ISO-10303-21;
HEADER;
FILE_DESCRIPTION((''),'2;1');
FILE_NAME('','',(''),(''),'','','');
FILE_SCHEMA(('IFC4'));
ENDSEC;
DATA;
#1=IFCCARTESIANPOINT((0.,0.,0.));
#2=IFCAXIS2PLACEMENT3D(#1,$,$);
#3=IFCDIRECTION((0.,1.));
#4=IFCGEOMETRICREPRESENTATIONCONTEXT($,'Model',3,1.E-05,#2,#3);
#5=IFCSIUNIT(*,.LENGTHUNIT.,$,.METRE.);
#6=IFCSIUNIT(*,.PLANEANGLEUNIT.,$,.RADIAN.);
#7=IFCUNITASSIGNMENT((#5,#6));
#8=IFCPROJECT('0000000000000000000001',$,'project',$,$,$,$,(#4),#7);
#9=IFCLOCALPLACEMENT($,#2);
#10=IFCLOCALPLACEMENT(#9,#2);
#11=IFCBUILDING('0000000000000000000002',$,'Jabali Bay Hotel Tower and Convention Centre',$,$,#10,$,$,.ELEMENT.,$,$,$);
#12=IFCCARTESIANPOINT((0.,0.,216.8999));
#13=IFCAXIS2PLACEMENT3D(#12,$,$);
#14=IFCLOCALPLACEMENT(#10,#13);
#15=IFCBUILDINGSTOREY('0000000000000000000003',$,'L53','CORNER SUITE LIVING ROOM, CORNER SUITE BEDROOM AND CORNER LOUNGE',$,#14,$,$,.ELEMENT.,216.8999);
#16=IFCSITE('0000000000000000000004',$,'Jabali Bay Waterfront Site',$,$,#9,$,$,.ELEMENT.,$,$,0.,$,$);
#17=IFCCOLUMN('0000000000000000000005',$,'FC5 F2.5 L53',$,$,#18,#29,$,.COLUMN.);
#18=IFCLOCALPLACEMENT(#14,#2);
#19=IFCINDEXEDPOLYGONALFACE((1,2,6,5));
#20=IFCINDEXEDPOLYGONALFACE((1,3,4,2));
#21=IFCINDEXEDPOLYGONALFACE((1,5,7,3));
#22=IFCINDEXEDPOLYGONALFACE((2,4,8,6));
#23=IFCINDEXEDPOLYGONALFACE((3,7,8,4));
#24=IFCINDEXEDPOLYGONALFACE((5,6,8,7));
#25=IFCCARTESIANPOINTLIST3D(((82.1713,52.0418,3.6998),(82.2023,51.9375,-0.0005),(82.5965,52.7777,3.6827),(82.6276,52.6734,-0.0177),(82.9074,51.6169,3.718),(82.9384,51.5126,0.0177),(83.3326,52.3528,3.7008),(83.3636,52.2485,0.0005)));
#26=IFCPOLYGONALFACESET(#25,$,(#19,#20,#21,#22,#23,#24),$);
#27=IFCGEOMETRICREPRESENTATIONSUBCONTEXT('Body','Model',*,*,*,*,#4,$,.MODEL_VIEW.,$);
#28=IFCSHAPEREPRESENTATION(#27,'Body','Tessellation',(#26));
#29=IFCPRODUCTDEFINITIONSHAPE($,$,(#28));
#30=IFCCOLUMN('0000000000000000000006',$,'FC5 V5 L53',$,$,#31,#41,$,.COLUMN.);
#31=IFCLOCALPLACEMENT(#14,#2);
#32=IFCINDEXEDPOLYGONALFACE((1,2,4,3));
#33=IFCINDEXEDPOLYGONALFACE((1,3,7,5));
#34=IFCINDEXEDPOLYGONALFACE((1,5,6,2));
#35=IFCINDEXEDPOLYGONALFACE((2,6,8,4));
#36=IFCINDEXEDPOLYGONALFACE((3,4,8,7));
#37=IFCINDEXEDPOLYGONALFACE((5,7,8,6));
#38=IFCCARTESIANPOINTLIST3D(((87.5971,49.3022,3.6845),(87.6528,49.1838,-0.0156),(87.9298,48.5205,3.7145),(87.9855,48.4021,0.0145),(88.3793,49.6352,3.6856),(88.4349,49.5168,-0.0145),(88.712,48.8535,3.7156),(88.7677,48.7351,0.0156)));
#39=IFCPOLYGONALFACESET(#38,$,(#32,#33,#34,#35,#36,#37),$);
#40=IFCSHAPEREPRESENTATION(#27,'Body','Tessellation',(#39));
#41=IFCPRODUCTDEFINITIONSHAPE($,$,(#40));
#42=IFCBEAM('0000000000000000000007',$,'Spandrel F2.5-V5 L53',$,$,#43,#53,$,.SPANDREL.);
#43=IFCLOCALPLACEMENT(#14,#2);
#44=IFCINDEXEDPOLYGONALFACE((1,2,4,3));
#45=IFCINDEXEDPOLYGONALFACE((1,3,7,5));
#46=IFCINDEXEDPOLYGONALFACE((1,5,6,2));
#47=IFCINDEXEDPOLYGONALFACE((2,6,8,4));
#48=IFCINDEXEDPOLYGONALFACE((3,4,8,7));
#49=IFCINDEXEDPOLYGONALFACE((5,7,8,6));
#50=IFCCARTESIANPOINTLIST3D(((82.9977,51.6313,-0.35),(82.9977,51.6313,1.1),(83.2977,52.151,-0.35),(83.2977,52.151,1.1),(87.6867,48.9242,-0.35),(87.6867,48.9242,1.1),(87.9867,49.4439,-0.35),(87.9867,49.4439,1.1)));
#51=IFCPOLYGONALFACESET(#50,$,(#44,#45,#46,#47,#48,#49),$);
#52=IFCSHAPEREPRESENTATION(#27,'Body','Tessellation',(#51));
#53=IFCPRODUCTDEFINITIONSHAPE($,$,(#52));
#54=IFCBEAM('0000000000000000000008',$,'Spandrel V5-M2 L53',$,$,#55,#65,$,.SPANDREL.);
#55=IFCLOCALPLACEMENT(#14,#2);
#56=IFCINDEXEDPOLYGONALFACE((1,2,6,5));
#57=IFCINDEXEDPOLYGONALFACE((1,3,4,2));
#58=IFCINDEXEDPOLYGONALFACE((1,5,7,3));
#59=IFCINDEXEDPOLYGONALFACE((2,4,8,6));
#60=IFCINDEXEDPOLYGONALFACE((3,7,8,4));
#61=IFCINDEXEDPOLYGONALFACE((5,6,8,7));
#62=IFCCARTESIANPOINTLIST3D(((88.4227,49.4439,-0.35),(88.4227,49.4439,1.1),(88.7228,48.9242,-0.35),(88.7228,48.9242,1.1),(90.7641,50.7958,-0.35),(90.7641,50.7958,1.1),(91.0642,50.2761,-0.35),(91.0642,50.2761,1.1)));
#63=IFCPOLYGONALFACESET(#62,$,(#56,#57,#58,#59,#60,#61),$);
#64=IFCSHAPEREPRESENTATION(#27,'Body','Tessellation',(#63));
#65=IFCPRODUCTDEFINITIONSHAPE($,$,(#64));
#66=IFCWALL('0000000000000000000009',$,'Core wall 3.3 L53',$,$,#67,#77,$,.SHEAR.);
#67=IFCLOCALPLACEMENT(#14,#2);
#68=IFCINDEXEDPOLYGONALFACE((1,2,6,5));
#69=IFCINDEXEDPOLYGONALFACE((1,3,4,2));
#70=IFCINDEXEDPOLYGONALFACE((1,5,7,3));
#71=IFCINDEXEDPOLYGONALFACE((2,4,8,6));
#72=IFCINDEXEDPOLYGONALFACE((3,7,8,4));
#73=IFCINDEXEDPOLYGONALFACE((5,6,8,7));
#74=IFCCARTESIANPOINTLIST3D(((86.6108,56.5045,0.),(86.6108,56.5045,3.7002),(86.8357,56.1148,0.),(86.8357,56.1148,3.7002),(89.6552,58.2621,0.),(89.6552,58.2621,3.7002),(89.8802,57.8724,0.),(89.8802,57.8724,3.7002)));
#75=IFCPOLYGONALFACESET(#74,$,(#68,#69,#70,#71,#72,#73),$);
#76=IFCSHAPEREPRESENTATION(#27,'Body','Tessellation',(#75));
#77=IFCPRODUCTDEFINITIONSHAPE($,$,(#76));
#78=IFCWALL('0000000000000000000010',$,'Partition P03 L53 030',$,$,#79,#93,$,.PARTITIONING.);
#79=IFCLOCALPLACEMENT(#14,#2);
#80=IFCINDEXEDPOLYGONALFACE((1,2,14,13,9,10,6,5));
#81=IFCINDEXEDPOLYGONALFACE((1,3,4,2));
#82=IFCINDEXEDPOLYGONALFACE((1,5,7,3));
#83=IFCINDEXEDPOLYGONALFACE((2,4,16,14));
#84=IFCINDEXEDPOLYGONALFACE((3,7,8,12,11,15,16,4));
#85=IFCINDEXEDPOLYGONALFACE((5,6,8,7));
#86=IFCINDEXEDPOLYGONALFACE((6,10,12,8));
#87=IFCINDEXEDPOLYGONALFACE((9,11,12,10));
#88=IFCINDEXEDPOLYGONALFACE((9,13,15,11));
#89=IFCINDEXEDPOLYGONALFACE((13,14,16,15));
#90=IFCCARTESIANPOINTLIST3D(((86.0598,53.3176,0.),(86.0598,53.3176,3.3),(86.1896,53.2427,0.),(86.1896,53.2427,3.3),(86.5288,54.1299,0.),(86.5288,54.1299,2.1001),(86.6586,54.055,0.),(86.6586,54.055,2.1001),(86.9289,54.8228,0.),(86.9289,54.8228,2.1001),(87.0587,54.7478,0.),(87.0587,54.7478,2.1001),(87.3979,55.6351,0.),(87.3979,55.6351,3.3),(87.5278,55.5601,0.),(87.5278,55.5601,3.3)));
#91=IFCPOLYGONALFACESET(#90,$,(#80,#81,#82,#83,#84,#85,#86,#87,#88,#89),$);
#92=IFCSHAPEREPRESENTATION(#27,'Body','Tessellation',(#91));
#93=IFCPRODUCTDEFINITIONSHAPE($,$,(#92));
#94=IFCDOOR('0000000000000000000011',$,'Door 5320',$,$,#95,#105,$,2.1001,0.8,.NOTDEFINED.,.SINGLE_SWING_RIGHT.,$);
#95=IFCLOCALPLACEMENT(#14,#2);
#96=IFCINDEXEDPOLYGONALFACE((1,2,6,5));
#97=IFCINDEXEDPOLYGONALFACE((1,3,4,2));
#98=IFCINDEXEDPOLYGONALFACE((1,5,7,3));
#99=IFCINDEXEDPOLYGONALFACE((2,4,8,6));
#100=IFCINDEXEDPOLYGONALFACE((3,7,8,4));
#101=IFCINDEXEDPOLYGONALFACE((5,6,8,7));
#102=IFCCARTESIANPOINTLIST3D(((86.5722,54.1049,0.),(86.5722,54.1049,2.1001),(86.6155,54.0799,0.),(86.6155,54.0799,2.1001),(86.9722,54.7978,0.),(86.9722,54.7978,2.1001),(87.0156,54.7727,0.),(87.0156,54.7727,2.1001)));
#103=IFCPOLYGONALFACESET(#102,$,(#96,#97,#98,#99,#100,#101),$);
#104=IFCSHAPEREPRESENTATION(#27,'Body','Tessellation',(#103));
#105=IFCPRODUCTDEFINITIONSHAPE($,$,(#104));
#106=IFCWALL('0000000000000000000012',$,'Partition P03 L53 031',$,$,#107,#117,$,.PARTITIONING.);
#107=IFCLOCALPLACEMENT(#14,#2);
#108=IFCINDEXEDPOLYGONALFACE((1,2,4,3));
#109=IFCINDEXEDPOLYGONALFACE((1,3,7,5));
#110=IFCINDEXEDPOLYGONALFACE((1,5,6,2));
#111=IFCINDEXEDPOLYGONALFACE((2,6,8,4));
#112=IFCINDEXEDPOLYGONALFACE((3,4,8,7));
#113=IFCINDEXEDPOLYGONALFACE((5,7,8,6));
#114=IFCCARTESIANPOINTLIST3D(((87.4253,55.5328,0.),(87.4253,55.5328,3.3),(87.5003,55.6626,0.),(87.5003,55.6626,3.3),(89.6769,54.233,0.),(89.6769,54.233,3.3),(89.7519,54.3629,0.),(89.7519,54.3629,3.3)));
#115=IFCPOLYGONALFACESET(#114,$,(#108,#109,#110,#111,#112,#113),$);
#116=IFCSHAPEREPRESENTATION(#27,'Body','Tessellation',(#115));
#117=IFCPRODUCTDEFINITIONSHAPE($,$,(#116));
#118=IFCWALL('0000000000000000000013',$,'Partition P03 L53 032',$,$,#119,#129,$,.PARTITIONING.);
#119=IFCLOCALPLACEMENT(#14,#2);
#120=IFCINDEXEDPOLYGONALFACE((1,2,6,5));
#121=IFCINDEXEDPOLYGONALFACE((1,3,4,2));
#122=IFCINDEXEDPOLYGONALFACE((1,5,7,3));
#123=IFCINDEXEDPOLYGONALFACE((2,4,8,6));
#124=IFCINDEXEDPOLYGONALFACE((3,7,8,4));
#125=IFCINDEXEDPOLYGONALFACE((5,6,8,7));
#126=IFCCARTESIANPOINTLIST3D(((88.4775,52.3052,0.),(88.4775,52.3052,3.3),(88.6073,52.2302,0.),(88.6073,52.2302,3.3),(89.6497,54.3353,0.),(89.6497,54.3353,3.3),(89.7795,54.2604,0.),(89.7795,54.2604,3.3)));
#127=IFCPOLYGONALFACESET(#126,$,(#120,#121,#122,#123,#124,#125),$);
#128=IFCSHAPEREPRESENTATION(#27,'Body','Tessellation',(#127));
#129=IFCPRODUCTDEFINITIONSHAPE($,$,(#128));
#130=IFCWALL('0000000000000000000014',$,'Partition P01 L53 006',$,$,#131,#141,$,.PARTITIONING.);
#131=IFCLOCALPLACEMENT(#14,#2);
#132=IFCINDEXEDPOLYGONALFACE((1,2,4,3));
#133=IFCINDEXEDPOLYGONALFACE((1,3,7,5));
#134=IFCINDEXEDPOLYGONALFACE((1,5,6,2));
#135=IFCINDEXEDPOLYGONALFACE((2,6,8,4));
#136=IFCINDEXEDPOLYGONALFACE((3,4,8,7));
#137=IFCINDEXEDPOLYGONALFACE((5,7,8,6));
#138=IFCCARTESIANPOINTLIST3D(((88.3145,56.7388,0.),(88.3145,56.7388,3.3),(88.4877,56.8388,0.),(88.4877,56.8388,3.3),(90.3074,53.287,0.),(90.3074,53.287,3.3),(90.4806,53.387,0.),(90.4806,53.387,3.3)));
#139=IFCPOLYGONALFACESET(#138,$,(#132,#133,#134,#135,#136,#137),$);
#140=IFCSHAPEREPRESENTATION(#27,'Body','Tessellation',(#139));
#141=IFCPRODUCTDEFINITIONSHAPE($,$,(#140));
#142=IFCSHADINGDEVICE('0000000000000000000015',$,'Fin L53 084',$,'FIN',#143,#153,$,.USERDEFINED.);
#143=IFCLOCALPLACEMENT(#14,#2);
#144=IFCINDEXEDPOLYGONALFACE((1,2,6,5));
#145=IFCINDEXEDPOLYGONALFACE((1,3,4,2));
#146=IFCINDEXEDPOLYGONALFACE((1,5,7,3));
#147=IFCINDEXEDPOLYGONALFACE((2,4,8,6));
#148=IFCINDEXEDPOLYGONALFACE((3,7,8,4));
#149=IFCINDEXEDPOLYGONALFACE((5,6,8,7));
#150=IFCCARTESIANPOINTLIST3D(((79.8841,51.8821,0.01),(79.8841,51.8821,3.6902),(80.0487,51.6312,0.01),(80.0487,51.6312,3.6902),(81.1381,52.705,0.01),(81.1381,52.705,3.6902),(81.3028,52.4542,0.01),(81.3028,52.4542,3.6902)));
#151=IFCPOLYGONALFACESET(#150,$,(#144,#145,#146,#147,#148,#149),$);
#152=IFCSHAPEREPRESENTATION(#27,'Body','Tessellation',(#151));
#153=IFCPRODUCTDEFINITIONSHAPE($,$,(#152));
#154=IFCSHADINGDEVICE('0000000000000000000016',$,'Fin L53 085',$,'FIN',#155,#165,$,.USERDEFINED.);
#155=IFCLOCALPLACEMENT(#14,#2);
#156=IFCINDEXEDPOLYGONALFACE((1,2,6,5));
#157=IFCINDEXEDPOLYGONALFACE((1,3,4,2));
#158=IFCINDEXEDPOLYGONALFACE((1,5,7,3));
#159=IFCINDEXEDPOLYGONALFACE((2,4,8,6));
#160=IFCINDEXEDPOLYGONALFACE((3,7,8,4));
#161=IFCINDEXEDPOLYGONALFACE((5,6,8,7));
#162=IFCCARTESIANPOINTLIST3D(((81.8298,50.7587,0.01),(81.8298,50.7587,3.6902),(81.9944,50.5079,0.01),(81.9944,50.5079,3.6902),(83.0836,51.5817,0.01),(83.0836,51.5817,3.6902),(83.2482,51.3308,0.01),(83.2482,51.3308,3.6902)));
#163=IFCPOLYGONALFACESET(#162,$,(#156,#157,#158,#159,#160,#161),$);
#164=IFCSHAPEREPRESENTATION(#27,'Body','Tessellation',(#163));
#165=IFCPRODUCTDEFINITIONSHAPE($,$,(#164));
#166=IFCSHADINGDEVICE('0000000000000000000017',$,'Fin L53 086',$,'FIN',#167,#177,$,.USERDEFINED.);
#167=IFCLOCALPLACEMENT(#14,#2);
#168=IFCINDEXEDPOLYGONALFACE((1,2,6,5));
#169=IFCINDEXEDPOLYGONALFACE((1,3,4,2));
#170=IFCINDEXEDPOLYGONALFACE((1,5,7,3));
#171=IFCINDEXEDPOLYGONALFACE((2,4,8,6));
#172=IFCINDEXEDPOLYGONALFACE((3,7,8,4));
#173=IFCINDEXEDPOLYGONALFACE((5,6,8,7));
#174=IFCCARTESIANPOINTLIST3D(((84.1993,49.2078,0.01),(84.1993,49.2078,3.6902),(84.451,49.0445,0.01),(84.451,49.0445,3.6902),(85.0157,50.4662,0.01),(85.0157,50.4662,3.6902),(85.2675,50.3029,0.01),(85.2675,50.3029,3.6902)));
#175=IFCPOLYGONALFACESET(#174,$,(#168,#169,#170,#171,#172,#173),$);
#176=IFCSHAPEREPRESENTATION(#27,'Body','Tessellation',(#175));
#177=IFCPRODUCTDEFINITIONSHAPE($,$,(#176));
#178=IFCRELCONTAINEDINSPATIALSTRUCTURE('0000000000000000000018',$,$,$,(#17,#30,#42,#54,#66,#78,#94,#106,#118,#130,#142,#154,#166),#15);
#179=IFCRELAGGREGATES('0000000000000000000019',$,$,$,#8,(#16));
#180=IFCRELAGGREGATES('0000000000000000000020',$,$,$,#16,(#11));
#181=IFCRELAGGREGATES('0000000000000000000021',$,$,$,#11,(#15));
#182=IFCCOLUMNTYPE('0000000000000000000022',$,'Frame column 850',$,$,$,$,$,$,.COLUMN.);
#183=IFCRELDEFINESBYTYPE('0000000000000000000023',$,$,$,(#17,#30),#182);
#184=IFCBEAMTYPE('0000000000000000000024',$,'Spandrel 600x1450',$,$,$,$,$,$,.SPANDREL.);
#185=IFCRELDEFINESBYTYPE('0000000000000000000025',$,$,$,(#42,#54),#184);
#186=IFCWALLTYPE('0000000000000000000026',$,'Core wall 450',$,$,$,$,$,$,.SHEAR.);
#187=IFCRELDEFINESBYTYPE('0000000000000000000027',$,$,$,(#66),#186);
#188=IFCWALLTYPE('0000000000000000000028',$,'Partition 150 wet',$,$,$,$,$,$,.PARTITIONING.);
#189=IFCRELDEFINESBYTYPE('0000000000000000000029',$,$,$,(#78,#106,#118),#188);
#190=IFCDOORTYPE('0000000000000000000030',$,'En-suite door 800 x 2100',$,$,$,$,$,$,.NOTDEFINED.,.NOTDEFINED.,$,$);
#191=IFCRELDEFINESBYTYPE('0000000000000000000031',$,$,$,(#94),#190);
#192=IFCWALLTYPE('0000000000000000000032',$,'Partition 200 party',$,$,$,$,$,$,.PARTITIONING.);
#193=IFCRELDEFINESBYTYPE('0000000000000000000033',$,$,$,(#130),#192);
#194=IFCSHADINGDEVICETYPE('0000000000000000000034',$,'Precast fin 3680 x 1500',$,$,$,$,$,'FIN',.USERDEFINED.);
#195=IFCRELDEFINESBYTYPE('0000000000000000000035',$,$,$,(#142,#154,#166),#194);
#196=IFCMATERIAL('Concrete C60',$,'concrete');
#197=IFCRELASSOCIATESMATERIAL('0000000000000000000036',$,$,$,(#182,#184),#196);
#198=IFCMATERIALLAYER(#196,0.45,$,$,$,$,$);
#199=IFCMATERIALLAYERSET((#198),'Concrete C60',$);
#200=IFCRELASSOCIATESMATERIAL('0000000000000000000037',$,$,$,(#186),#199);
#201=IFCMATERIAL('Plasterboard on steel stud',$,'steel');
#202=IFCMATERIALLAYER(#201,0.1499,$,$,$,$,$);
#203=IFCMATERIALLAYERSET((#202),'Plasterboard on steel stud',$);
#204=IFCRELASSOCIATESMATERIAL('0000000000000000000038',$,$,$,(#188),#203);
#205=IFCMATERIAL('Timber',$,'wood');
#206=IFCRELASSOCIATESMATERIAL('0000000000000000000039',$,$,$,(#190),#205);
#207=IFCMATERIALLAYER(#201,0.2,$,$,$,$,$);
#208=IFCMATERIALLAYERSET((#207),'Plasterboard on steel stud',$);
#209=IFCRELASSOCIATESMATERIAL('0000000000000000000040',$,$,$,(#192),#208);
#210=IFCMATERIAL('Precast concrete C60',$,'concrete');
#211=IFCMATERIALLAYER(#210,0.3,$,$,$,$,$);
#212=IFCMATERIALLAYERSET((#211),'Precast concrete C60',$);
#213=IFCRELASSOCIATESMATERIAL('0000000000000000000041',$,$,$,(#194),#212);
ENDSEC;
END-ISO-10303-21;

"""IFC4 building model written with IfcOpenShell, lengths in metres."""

from ifc_helpers import new_model, si_unit, direction, frame, frame_2d, origin, origin_2d, place, context, subcontext, project, spatial, rectangle, extrude, material, layer, layer_set, material_profile, profile_set, type_object, element, fill, save


model = new_model("IFC4")

# Units and contexts
model_context = context("Model", 3, precision=1e-05, world=origin(), true_north=direction((0.0, 1.0)))
body_context = subcontext(model_context, "Body", "Model", "MODEL_VIEW")
ifc_project = project(units=[si_unit("LENGTHUNIT", "METRE"), si_unit("PLANEANGLEUNIT", "RADIAN")], contexts=[model_context])

# Site, building, storey
site_placement = place(None, origin())
site = spatial("IfcSite", under=ifc_project, at=site_placement, Name="Jabali Bay Waterfront Site", CompositionType="ELEMENT", RefElevation=0.0)
building_placement = place(site_placement, origin())
building = spatial("IfcBuilding", under=site, at=building_placement, Name="Jabali Bay Hotel Tower and Convention Centre", CompositionType="ELEMENT")
storey_placement = place(building_placement, frame((0.0, 0.0, 216.8999)))
storey = spatial("IfcBuildingStorey", under=building, at=storey_placement, Name="L53", Description="CORNER SUITE LIVING ROOM, CORNER SUITE BEDROOM AND CORNER LOUNGE", CompositionType="ELEMENT", Elevation=216.8999)

# Columns
ifc_material_1 = material(Name="Concrete C60", Category="concrete")
ifc_material_profile_1 = material_profile(ifc_material_1, rectangle(XDim=0.8501, YDim=0.8501, at=origin_2d()), Name="Frame column 850")
ifc_profile_set_1 = profile_set([ifc_material_profile_1], Name="Concrete C60")
column_type = type_object("IfcColumnType", Name="Frame column 850", PredefinedType="COLUMN", material=ifc_profile_set_1)
column_1_placement = place(storey_placement, frame((82.783, 52.093, 0.0), z_axis=(-0.008376, 0.028161, 0.999568), x_axis=(-0.500232, -0.865656, 0.020197)))
element("IfcColumn", 1, at=column_1_placement, inside=storey, type_object=column_type, Name="FC5 F2.5 L53", PredefinedType="COLUMN", context=body_context, shape_type="SweptSolid", body=[
    extrude(rectangle(XDim=0.8501, YDim=0.8501, at=origin_2d()), origin(), (0.0, 0.0, 1.0), 3.7019),
])
column_2_placement = place(storey_placement, frame((88.2102, 48.9595, 0.0), z_axis=(-0.015034, 0.031981, 0.999375), x_axis=(0.391399, -0.919543, 0.035314)))
element("IfcColumn", 2, at=column_2_placement, inside=storey, type_object=column_type, Name="FC5 V5 L53", PredefinedType="COLUMN", context=body_context, shape_type="SweptSolid", body=[
    extrude(rectangle(XDim=0.8501, YDim=0.8501, at=origin_2d()), origin(), (0.0, 0.0, 1.0), 3.7024),
])

# Beams
ifc_material_profile_2 = material_profile(ifc_material_1, rectangle(XDim=0.6001, YDim=1.45, at=origin_2d()), Name="Spandrel 600x1450")
ifc_profile_set_2 = profile_set([ifc_material_profile_2], Name="Concrete C60")
beam_type = type_object("IfcBeamType", Name="Spandrel 600x1450", PredefinedType="SPANDREL", material=ifc_profile_set_2)
beam_1_placement = place(storey_placement, frame((83.1477, 51.8911, 0.375), z_axis=(0.866037, -0.49998, 0.0), x_axis=(0.49998, 0.866037, 0.0)))
element("IfcBeam", 3, at=beam_1_placement, inside=storey, type_object=beam_type, Name="Spandrel F2.5-V5 L53", PredefinedType="SPANDREL", context=body_context, shape_type="SweptSolid", body=[
    extrude(rectangle(XDim=0.6001, YDim=1.45, at=origin_2d()), origin(), (0.0, 0.0, 1.0), 5.4143),
])
beam_2_placement = place(storey_placement, frame((88.5728, 49.1841, 0.375), z_axis=(0.866017, 0.500014, 0.0), x_axis=(-0.500014, 0.866017, 0.0)))
element("IfcBeam", 4, at=beam_2_placement, inside=storey, type_object=beam_type, Name="Spandrel V5-M2 L53", PredefinedType="SPANDREL", context=body_context, shape_type="SweptSolid", body=[
    extrude(rectangle(XDim=0.6001, YDim=1.45, at=origin_2d()), origin(), (0.0, 0.0, 1.0), 2.7036),
])

# Wall
ifc_layer_1 = layer(ifc_material_1, 0.45)
ifc_layer_set_1 = layer_set([ifc_layer_1], Name="Concrete C60")
wall_type_1 = type_object("IfcWallType", Name="Core wall 450", PredefinedType="SHEAR", material=ifc_layer_set_1)
wall_1_placement = place(storey_placement, frame((86.7231, 56.3096, 0.0), z_axis=(0.0, 0.0, 1.0), x_axis=(0.866042, 0.499971, 0.0)))
element("IfcWall", 5, at=wall_1_placement, inside=storey, type_object=wall_type_1, Name="Core wall 3.3 L53", PredefinedType="SHEAR", context=body_context, shape_type="SweptSolid", body=[
    extrude(rectangle(XDim=3.5154, YDim=0.45, at=frame_2d((1.7578, 0.0))), origin(), (0.0, 0.0, 1.0), 3.7002),
])

# Wall, opening, door
ifc_material_2 = material(Name="Plasterboard on steel stud", Category="steel")
ifc_layer_2 = layer(ifc_material_2, 0.1499)
ifc_layer_set_2 = layer_set([ifc_layer_2], Name="Plasterboard on steel stud")
wall_type_2 = type_object("IfcWallType", Name="Partition 150 wet", PredefinedType="PARTITIONING", material=ifc_layer_set_2)
wall_2_placement = place(storey_placement, frame((86.1248, 53.2803, 0.0), z_axis=(0.0, 0.0, 1.0), x_axis=(0.500054, 0.865994, 0.0)))
wall_2 = element("IfcWall", 6, at=wall_2_placement, inside=storey, type_object=wall_type_2, Name="Partition P03 L53 030", PredefinedType="PARTITIONING", context=body_context, shape_type="SweptSolid", body=[
    extrude(rectangle(XDim=2.676, YDim=0.1499, at=frame_2d((1.3379, 0.0))), origin(), (0.0, 0.0, 1.0), 3.3),
])
opening_1_placement = place(wall_2_placement, frame((0.938, 0.0, 0.0)))
opening_1 = element("IfcOpeningElement", 7, at=opening_1_placement, cuts=wall_2, PredefinedType="OPENING", context=body_context, shape_type="SweptSolid", body=[
    extrude(rectangle(XDim=0.8, YDim=2.1001, at=frame_2d((0.3999, 1.05))), frame((0.0, 0.0854, 0.0), z_axis=(0.0, -1.0, 0.0), x_axis=(1.0, 0.0, 0.0)), (0.0, 0.0, 1.0), 0.1709),
])
ifc_material_3 = material(Name="Timber", Category="wood")
door_type_1 = type_object("IfcDoorType", Name="En-suite door 800 x 2100", OperationType="NOTDEFINED", PredefinedType="NOTDEFINED", material=ifc_material_3)
door_1_placement = place(opening_1_placement, origin())
door_1 = element("IfcDoor", 8, at=door_1_placement, inside=storey, type_object=door_type_1, Name="Door 5320", OperationType="SINGLE_SWING_RIGHT", OverallHeight=2.1001, OverallWidth=0.8, PredefinedType="NOTDEFINED", context=body_context, shape_type="SweptSolid", body=[
    extrude(rectangle(XDim=0.8, YDim=2.1001, at=frame_2d((0.3999, 1.05))), frame((0.0, 0.0249, 0.0), z_axis=(0.0, -1.0, 0.0), x_axis=(1.0, 0.0, 0.0)), (0.0, 0.0, 1.0), 0.05),
])
fill(opening_1, door_1)

# Walls
wall_3_placement = place(storey_placement, frame((87.4629, 55.5977, 0.0), z_axis=(0.0, 0.0, 1.0), x_axis=(0.866062, -0.499937, 0.0)))
element("IfcWall", 9, at=wall_3_placement, inside=storey, type_object=wall_type_2, Name="Partition P03 L53 031", PredefinedType="PARTITIONING", context=body_context, shape_type="SweptSolid", body=[
    extrude(rectangle(XDim=2.5999, YDim=0.1499, at=frame_2d((1.2998, 0.0))), origin(), (0.0, 0.0, 1.0), 3.3),
])
wall_4_placement = place(storey_placement, frame((89.7146, 54.2979, 0.0), z_axis=(0.0, 0.0, 1.0), x_axis=(-0.500026, -0.86601, 0.0)))
element("IfcWall", 10, at=wall_4_placement, inside=storey, type_object=wall_type_2, Name="Partition P03 L53 032", PredefinedType="PARTITIONING", context=body_context, shape_type="SweptSolid", body=[
    extrude(rectangle(XDim=2.3442, YDim=0.1499, at=frame_2d((1.1721, 0.0))), origin(), (0.0, 0.0, 1.0), 3.3),
])
ifc_layer_3 = layer(ifc_material_2, 0.2)
ifc_layer_set_3 = layer_set([ifc_layer_3], Name="Plasterboard on steel stud")
wall_type_3 = type_object("IfcWallType", Name="Partition 200 party", PredefinedType="PARTITIONING", material=ifc_layer_set_3)
wall_5_placement = place(storey_placement, frame((88.4011, 56.7888, 0.0), z_axis=(0.0, 0.0, 1.0), x_axis=(0.499993, -0.86603, 0.0)))
element("IfcWall", 11, at=wall_5_placement, inside=storey, type_object=wall_type_3, Name="Partition P01 L53 006", PredefinedType="PARTITIONING", context=body_context, shape_type="SweptSolid", body=[
    extrude(rectangle(XDim=3.9858, YDim=0.2, at=frame_2d((1.9929, 0.0))), origin(), (0.0, 0.0, 1.0), 3.3),
])

# Shading devices
ifc_material_4 = material(Name="Precast concrete C60", Category="concrete")
ifc_layer_4 = layer(ifc_material_4, 0.3)
ifc_layer_set_4 = layer_set([ifc_layer_4], Name="Precast concrete C60")
shading_device_type = type_object("IfcShadingDeviceType", Name="Precast fin 3680 x 1500", ElementType="FIN", PredefinedType="USERDEFINED", material=ifc_layer_set_4)
shading_device_1_placement = place(storey_placement, frame((81.2205, 52.5796, 0.01), z_axis=(0.0, 0.0, 1.0), x_axis=(-0.83606, -0.548639, 0.0)))
element("IfcShadingDevice", 12, at=shading_device_1_placement, inside=storey, type_object=shading_device_type, Name="Fin L53 084", ObjectType="FIN", PredefinedType="USERDEFINED", context=body_context, shape_type="SweptSolid", body=[
    extrude(rectangle(XDim=1.5, YDim=0.3, at=frame_2d((0.75, 0.0))), origin(), (0.0, 0.0, 1.0), 3.6802),
])
shading_device_2_placement = place(storey_placement, frame((83.166, 51.4563, 0.01), z_axis=(0.0, 0.0, 1.0), x_axis=(-0.836011, -0.548713, 0.0)))
element("IfcShadingDevice", 13, at=shading_device_2_placement, inside=storey, type_object=shading_device_type, Name="Fin L53 085", ObjectType="FIN", PredefinedType="USERDEFINED", context=body_context, shape_type="SweptSolid", body=[
    extrude(rectangle(XDim=1.4998, YDim=0.3, at=frame_2d((0.75, 0.0))), origin(), (0.0, 0.0, 1.0), 3.6802),
])
for number, where, z_axis, x_axis, name in (
    (14, (85.1416, 50.3845, 0.01), (0.0, 0.0, 1.0), (-0.54429, -0.838897, 0.0), "Fin L53 086"),
):
    element("IfcShadingDevice", number, at=place(storey_placement, frame(where, z_axis=z_axis, x_axis=x_axis)), inside=storey, type_object=shading_device_type, Name=name, ObjectType="FIN", PredefinedType="USERDEFINED", context=body_context, shape_type="SweptSolid", body=[
        extrude(rectangle(XDim=1.5, YDim=0.3, at=frame_2d((0.75, 0.0))), origin(), (0.0, 0.0, 1.0), 3.6802),
    ])

save(model, "model.ifc")
